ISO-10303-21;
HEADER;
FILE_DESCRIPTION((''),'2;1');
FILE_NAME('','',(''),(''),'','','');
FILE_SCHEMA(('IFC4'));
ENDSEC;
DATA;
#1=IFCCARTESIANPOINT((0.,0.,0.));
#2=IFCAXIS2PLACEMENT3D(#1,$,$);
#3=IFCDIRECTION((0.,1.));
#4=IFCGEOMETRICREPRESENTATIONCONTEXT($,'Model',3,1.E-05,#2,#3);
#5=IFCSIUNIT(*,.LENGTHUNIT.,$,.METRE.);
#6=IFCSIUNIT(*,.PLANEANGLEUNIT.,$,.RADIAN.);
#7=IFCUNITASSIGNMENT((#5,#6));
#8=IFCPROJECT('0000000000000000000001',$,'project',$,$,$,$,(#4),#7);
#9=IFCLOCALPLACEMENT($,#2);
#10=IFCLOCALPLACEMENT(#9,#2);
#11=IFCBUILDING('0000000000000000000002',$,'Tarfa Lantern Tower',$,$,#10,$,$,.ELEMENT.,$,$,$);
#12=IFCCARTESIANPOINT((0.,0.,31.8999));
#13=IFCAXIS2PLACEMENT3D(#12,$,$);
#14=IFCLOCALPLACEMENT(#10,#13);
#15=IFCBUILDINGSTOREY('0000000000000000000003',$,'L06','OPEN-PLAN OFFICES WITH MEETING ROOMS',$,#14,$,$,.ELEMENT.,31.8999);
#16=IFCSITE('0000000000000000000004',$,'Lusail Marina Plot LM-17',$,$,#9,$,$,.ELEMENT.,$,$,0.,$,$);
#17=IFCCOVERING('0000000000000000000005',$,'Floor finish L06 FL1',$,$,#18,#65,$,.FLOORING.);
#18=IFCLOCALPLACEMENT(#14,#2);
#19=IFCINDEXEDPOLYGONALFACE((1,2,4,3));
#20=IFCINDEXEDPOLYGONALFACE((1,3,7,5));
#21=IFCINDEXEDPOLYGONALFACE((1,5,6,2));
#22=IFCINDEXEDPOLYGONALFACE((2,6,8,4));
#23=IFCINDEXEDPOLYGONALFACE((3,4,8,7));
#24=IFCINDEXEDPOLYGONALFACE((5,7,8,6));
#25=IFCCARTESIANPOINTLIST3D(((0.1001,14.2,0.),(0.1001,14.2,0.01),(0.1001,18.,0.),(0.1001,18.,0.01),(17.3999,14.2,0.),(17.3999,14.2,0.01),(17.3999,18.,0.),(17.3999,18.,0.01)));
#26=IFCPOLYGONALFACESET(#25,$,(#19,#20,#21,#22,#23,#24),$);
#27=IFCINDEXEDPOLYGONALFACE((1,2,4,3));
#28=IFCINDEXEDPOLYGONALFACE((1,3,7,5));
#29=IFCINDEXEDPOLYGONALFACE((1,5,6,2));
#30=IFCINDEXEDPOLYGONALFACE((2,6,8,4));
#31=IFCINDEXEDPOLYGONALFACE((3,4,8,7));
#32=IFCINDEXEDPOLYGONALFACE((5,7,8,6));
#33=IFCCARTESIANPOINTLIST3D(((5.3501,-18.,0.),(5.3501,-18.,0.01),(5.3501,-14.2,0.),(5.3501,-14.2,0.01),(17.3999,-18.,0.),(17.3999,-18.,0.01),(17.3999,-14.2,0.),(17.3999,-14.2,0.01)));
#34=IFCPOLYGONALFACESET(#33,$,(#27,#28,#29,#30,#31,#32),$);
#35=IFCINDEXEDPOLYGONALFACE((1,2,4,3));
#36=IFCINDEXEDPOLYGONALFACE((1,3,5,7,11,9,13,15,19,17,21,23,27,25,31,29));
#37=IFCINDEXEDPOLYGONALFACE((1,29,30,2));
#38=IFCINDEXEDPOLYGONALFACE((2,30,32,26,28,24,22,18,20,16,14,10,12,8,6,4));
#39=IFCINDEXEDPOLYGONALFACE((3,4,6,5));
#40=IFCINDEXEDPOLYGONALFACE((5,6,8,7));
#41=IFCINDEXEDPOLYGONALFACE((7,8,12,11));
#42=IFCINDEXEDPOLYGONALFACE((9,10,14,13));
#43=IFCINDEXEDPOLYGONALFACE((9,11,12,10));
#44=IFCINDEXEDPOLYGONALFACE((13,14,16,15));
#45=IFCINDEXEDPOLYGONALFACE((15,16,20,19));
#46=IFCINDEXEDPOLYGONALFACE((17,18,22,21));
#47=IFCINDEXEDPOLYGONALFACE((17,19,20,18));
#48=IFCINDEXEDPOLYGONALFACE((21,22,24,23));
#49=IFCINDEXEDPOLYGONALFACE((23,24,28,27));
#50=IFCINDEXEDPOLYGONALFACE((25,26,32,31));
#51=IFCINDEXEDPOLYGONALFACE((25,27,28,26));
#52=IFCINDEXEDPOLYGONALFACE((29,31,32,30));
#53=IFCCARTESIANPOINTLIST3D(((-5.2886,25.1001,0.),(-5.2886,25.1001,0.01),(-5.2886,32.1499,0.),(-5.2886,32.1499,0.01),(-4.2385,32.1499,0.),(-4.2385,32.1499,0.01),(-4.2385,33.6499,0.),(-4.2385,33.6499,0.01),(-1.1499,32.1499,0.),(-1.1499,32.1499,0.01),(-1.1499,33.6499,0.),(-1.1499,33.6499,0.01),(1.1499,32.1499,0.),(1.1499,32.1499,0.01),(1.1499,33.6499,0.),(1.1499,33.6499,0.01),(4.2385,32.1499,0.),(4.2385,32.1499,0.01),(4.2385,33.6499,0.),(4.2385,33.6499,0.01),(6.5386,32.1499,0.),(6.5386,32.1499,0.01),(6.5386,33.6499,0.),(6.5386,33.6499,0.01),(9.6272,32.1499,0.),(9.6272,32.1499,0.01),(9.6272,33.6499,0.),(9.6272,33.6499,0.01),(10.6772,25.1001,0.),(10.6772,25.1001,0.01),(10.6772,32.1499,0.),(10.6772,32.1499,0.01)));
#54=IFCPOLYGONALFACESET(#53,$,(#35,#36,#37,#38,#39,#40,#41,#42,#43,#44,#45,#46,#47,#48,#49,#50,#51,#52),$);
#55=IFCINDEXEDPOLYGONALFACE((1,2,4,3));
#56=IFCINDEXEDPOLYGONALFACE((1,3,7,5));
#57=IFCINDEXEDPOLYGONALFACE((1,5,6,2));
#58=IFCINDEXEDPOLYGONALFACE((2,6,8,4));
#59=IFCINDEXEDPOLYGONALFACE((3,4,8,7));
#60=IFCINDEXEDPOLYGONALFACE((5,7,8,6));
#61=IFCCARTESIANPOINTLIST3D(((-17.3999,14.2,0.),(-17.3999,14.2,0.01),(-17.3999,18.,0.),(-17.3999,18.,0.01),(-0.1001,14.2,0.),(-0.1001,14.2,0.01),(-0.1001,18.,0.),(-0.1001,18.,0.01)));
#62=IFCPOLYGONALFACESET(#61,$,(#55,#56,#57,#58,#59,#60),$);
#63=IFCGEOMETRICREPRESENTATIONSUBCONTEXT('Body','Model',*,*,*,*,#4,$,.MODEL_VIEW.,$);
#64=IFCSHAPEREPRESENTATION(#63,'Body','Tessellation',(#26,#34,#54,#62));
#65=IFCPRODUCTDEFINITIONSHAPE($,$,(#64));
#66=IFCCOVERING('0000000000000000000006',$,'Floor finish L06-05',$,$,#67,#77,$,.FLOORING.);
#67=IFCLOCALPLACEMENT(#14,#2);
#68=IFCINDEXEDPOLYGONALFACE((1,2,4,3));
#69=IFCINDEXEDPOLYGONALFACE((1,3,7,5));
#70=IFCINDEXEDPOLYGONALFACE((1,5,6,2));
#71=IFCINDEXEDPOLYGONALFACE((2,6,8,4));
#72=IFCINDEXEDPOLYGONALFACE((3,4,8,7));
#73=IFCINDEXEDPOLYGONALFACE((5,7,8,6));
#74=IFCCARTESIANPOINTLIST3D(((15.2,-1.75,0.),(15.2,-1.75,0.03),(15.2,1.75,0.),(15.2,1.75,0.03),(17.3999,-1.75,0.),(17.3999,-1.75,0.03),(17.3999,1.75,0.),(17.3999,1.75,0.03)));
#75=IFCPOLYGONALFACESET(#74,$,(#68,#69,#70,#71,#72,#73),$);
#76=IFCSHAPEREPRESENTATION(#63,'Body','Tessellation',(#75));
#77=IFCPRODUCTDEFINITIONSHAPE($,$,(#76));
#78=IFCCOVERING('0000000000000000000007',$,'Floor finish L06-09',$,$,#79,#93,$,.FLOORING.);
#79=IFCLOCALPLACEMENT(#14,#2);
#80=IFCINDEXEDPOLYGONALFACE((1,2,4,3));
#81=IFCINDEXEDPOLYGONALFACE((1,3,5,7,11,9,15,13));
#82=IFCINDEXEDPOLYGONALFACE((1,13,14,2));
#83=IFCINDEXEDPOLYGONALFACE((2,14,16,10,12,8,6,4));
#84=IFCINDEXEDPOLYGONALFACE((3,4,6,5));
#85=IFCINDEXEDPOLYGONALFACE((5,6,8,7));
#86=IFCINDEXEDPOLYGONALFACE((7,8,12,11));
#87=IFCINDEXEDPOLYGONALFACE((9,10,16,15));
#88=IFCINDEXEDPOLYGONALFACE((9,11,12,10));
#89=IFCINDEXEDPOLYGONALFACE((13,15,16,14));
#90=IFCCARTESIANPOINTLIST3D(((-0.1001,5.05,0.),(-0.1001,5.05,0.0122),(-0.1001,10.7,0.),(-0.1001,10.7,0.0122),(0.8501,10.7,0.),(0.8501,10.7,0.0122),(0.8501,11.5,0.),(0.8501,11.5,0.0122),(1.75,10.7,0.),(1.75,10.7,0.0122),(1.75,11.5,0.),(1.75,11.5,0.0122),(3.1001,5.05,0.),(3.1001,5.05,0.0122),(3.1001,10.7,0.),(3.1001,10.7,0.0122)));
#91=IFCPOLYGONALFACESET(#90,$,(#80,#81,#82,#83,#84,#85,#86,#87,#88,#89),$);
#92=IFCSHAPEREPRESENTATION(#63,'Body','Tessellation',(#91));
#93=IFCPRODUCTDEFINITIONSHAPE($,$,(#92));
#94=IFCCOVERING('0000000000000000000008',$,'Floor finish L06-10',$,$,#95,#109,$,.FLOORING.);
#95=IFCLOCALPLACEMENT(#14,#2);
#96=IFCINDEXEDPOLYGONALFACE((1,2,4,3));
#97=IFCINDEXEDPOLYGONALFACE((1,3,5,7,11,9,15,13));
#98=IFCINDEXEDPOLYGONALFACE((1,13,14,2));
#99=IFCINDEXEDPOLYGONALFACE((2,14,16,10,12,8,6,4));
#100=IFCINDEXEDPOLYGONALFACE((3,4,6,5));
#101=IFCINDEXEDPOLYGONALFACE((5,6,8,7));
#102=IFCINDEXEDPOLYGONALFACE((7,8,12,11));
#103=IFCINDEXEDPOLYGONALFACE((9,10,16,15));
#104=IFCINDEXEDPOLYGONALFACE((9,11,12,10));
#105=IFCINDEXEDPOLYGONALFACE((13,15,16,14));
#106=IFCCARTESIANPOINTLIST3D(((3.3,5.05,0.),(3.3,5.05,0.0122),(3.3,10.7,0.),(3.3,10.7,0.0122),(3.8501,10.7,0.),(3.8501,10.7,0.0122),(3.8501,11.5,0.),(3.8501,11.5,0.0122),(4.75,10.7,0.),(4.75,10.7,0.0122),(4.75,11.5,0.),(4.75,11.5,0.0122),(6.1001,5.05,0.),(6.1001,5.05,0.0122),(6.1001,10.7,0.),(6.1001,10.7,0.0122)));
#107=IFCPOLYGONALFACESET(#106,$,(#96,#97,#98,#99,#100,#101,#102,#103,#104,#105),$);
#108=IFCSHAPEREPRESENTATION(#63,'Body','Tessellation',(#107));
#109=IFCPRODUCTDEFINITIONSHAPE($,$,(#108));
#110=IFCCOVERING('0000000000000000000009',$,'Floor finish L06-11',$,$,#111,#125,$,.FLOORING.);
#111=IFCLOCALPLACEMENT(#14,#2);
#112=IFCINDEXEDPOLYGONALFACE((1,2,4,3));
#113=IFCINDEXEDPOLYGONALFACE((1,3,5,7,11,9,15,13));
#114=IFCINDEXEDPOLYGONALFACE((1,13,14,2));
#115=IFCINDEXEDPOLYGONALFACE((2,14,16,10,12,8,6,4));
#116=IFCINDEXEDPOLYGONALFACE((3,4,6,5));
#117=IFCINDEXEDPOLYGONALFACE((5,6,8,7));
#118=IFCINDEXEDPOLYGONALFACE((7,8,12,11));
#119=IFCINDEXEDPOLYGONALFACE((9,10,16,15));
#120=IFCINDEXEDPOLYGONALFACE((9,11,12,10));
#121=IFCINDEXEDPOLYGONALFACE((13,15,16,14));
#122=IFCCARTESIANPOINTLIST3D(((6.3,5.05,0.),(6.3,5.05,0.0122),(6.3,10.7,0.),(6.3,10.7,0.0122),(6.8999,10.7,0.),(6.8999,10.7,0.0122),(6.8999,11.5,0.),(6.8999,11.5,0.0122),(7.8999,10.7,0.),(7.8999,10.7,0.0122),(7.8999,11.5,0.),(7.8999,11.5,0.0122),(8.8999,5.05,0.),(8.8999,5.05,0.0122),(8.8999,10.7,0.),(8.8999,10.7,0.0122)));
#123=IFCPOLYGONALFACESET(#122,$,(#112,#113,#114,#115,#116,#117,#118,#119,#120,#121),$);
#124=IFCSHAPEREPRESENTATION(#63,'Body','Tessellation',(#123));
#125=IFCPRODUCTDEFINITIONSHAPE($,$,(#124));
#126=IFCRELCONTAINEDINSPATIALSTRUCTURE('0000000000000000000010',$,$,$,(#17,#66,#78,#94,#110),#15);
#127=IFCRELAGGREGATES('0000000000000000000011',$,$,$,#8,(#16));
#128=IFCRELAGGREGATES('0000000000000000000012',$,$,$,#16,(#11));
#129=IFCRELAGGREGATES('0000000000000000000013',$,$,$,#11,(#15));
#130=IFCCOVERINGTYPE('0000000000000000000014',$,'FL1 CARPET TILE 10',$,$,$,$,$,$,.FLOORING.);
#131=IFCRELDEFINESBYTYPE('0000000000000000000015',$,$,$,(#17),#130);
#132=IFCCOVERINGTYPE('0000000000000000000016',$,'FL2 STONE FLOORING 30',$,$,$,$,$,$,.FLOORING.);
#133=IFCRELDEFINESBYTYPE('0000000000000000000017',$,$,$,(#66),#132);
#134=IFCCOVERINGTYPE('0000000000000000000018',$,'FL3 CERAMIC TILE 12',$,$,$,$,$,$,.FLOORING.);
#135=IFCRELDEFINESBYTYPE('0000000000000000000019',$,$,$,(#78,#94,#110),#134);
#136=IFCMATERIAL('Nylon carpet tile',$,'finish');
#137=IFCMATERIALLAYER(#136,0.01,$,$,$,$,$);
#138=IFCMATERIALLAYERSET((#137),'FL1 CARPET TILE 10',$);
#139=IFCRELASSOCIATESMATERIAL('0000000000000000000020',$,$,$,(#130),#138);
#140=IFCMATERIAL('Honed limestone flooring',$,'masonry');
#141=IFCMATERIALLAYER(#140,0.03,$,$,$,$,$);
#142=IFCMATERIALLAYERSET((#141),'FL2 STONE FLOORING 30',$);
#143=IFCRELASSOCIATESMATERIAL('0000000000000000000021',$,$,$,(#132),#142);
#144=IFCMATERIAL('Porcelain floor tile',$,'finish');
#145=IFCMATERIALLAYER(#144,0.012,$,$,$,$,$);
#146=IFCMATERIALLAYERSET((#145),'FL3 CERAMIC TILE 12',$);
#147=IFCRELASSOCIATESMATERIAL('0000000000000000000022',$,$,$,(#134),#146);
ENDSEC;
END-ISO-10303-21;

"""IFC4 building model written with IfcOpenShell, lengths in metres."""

from ifc_helpers import new_model, si_unit, direction, frame, origin, place, context, subcontext, project, spatial, polyline, outline, extrude, material, layer, layer_set, type_object, element, save


model = new_model("IFC4")

# Units and contexts
model_context = context("Model", 3, precision=1e-05, world=origin(), true_north=direction((0.0, 1.0)))
body_context = subcontext(model_context, "Body", "Model", "MODEL_VIEW")
ifc_project = project(units=[si_unit("LENGTHUNIT", "METRE"), si_unit("PLANEANGLEUNIT", "RADIAN")], contexts=[model_context])

# Site, building, storey
site_placement = place(None, origin())
site = spatial("IfcSite", under=ifc_project, at=site_placement, Name="Lusail Marina Plot LM-17", CompositionType="ELEMENT", RefElevation=0.0)
building_placement = place(site_placement, origin())
building = spatial("IfcBuilding", under=site, at=building_placement, Name="Tarfa Lantern Tower", CompositionType="ELEMENT")
storey_placement = place(building_placement, frame((0.0, 0.0, 31.8999)))
storey = spatial("IfcBuildingStorey", under=building, at=storey_placement, Name="L06", Description="OPEN-PLAN OFFICES WITH MEETING ROOMS", CompositionType="ELEMENT", Elevation=31.8999)

# Coverings
ifc_material_1 = material(Name="Nylon carpet tile", Category="finish")
ifc_layer_1 = layer(ifc_material_1, 0.01)
ifc_layer_set_1 = layer_set([ifc_layer_1], Name="FL1 CARPET TILE 10")
covering_type_1 = type_object("IfcCoveringType", Name="FL1 CARPET TILE 10", PredefinedType="FLOORING", material=ifc_layer_set_1)
covering_1_placement = place(storey_placement, origin())
element("IfcCovering", 1, at=covering_1_placement, inside=storey, type_object=covering_type_1, Name="Floor finish L06 FL1", PredefinedType="FLOORING", context=body_context, shape_type="SweptSolid", body=[
    extrude(outline(polyline([(0.1001, 18.0), (17.3999, 18.0), (17.3999, 14.2), (0.1001, 14.2), (0.1001, 18.0)])), origin(), (0.0, 0.0, 1.0), 0.01),
    extrude(outline(polyline([(5.3501, -14.2), (17.3999, -14.2), (17.3999, -18.0), (5.3501, -18.0), (5.3501, -14.2)])), origin(), (0.0, 0.0, 1.0), 0.01),
    extrude(outline(polyline([(10.6772, 25.1001), (-5.2886, 25.1001), (-5.2886, 32.1499), (-4.2385, 32.1499), (-4.2385, 33.6499), (-1.1499, 33.6499), (-1.1499, 32.1499), (1.1499, 32.1499), (1.1499, 33.6499), (4.2385, 33.6499), (4.2385, 32.1499), (6.5386, 32.1499), (6.5386, 33.6499), (9.6272, 33.6499), (9.6272, 32.1499), (10.6772, 32.1499), (10.6772, 25.1001)])), origin(), (0.0, 0.0, 1.0), 0.01),
    extrude(outline(polyline([(-17.3999, 18.0), (-0.1001, 18.0), (-0.1001, 14.2), (-17.3999, 14.2), (-17.3999, 18.0)])), origin(), (0.0, 0.0, 1.0), 0.01),
])
ifc_material_2 = material(Name="Honed limestone flooring", Category="masonry")
ifc_layer_2 = layer(ifc_material_2, 0.03)
ifc_layer_set_2 = layer_set([ifc_layer_2], Name="FL2 STONE FLOORING 30")
covering_type_2 = type_object("IfcCoveringType", Name="FL2 STONE FLOORING 30", PredefinedType="FLOORING", material=ifc_layer_set_2)
covering_2_placement = place(storey_placement, origin())
element("IfcCovering", 2, at=covering_2_placement, inside=storey, type_object=covering_type_2, Name="Floor finish L06-05", PredefinedType="FLOORING", context=body_context, shape_type="SweptSolid", body=[
    extrude(outline(polyline([(15.2, -1.75), (17.3999, -1.75), (17.3999, 1.75), (15.2, 1.75), (15.2, -1.75)])), origin(), (0.0, 0.0, 1.0), 0.03),
])
ifc_material_3 = material(Name="Porcelain floor tile", Category="finish")
ifc_layer_3 = layer(ifc_material_3, 0.012)
ifc_layer_set_3 = layer_set([ifc_layer_3], Name="FL3 CERAMIC TILE 12")
covering_type_3 = type_object("IfcCoveringType", Name="FL3 CERAMIC TILE 12", PredefinedType="FLOORING", material=ifc_layer_set_3)
covering_3_placement = place(storey_placement, origin())
element("IfcCovering", 3, at=covering_3_placement, inside=storey, type_object=covering_type_3, Name="Floor finish L06-09", PredefinedType="FLOORING", context=body_context, shape_type="SweptSolid", body=[
    extrude(outline(polyline([(0.8501, 10.7), (-0.1001, 10.7), (-0.1001, 5.05), (3.1001, 5.05), (3.1001, 10.7), (1.75, 10.7), (1.75, 11.5), (0.8501, 11.5), (0.8501, 10.7)])), origin(), (0.0, 0.0, 1.0), 0.0122),
])
covering_4_placement = place(storey_placement, origin())
element("IfcCovering", 4, at=covering_4_placement, inside=storey, type_object=covering_type_3, Name="Floor finish L06-10", PredefinedType="FLOORING", context=body_context, shape_type="SweptSolid", body=[
    extrude(outline(polyline([(3.3, 5.05), (6.1001, 5.05), (6.1001, 10.7), (4.75, 10.7), (4.75, 11.5), (3.8501, 11.5), (3.8501, 10.7), (3.3, 10.7), (3.3, 5.05)])), origin(), (0.0, 0.0, 1.0), 0.0122),
])
covering_5_placement = place(storey_placement, origin())
element("IfcCovering", 5, at=covering_5_placement, inside=storey, type_object=covering_type_3, Name="Floor finish L06-11", PredefinedType="FLOORING", context=body_context, shape_type="SweptSolid", body=[
    extrude(outline(polyline([(6.3, 5.05), (8.8999, 5.05), (8.8999, 10.7), (7.8999, 10.7), (7.8999, 11.5), (6.8999, 11.5), (6.8999, 10.7), (6.3, 10.7), (6.3, 5.05)])), origin(), (0.0, 0.0, 1.0), 0.0122),
])

save(model, "model.ifc")
